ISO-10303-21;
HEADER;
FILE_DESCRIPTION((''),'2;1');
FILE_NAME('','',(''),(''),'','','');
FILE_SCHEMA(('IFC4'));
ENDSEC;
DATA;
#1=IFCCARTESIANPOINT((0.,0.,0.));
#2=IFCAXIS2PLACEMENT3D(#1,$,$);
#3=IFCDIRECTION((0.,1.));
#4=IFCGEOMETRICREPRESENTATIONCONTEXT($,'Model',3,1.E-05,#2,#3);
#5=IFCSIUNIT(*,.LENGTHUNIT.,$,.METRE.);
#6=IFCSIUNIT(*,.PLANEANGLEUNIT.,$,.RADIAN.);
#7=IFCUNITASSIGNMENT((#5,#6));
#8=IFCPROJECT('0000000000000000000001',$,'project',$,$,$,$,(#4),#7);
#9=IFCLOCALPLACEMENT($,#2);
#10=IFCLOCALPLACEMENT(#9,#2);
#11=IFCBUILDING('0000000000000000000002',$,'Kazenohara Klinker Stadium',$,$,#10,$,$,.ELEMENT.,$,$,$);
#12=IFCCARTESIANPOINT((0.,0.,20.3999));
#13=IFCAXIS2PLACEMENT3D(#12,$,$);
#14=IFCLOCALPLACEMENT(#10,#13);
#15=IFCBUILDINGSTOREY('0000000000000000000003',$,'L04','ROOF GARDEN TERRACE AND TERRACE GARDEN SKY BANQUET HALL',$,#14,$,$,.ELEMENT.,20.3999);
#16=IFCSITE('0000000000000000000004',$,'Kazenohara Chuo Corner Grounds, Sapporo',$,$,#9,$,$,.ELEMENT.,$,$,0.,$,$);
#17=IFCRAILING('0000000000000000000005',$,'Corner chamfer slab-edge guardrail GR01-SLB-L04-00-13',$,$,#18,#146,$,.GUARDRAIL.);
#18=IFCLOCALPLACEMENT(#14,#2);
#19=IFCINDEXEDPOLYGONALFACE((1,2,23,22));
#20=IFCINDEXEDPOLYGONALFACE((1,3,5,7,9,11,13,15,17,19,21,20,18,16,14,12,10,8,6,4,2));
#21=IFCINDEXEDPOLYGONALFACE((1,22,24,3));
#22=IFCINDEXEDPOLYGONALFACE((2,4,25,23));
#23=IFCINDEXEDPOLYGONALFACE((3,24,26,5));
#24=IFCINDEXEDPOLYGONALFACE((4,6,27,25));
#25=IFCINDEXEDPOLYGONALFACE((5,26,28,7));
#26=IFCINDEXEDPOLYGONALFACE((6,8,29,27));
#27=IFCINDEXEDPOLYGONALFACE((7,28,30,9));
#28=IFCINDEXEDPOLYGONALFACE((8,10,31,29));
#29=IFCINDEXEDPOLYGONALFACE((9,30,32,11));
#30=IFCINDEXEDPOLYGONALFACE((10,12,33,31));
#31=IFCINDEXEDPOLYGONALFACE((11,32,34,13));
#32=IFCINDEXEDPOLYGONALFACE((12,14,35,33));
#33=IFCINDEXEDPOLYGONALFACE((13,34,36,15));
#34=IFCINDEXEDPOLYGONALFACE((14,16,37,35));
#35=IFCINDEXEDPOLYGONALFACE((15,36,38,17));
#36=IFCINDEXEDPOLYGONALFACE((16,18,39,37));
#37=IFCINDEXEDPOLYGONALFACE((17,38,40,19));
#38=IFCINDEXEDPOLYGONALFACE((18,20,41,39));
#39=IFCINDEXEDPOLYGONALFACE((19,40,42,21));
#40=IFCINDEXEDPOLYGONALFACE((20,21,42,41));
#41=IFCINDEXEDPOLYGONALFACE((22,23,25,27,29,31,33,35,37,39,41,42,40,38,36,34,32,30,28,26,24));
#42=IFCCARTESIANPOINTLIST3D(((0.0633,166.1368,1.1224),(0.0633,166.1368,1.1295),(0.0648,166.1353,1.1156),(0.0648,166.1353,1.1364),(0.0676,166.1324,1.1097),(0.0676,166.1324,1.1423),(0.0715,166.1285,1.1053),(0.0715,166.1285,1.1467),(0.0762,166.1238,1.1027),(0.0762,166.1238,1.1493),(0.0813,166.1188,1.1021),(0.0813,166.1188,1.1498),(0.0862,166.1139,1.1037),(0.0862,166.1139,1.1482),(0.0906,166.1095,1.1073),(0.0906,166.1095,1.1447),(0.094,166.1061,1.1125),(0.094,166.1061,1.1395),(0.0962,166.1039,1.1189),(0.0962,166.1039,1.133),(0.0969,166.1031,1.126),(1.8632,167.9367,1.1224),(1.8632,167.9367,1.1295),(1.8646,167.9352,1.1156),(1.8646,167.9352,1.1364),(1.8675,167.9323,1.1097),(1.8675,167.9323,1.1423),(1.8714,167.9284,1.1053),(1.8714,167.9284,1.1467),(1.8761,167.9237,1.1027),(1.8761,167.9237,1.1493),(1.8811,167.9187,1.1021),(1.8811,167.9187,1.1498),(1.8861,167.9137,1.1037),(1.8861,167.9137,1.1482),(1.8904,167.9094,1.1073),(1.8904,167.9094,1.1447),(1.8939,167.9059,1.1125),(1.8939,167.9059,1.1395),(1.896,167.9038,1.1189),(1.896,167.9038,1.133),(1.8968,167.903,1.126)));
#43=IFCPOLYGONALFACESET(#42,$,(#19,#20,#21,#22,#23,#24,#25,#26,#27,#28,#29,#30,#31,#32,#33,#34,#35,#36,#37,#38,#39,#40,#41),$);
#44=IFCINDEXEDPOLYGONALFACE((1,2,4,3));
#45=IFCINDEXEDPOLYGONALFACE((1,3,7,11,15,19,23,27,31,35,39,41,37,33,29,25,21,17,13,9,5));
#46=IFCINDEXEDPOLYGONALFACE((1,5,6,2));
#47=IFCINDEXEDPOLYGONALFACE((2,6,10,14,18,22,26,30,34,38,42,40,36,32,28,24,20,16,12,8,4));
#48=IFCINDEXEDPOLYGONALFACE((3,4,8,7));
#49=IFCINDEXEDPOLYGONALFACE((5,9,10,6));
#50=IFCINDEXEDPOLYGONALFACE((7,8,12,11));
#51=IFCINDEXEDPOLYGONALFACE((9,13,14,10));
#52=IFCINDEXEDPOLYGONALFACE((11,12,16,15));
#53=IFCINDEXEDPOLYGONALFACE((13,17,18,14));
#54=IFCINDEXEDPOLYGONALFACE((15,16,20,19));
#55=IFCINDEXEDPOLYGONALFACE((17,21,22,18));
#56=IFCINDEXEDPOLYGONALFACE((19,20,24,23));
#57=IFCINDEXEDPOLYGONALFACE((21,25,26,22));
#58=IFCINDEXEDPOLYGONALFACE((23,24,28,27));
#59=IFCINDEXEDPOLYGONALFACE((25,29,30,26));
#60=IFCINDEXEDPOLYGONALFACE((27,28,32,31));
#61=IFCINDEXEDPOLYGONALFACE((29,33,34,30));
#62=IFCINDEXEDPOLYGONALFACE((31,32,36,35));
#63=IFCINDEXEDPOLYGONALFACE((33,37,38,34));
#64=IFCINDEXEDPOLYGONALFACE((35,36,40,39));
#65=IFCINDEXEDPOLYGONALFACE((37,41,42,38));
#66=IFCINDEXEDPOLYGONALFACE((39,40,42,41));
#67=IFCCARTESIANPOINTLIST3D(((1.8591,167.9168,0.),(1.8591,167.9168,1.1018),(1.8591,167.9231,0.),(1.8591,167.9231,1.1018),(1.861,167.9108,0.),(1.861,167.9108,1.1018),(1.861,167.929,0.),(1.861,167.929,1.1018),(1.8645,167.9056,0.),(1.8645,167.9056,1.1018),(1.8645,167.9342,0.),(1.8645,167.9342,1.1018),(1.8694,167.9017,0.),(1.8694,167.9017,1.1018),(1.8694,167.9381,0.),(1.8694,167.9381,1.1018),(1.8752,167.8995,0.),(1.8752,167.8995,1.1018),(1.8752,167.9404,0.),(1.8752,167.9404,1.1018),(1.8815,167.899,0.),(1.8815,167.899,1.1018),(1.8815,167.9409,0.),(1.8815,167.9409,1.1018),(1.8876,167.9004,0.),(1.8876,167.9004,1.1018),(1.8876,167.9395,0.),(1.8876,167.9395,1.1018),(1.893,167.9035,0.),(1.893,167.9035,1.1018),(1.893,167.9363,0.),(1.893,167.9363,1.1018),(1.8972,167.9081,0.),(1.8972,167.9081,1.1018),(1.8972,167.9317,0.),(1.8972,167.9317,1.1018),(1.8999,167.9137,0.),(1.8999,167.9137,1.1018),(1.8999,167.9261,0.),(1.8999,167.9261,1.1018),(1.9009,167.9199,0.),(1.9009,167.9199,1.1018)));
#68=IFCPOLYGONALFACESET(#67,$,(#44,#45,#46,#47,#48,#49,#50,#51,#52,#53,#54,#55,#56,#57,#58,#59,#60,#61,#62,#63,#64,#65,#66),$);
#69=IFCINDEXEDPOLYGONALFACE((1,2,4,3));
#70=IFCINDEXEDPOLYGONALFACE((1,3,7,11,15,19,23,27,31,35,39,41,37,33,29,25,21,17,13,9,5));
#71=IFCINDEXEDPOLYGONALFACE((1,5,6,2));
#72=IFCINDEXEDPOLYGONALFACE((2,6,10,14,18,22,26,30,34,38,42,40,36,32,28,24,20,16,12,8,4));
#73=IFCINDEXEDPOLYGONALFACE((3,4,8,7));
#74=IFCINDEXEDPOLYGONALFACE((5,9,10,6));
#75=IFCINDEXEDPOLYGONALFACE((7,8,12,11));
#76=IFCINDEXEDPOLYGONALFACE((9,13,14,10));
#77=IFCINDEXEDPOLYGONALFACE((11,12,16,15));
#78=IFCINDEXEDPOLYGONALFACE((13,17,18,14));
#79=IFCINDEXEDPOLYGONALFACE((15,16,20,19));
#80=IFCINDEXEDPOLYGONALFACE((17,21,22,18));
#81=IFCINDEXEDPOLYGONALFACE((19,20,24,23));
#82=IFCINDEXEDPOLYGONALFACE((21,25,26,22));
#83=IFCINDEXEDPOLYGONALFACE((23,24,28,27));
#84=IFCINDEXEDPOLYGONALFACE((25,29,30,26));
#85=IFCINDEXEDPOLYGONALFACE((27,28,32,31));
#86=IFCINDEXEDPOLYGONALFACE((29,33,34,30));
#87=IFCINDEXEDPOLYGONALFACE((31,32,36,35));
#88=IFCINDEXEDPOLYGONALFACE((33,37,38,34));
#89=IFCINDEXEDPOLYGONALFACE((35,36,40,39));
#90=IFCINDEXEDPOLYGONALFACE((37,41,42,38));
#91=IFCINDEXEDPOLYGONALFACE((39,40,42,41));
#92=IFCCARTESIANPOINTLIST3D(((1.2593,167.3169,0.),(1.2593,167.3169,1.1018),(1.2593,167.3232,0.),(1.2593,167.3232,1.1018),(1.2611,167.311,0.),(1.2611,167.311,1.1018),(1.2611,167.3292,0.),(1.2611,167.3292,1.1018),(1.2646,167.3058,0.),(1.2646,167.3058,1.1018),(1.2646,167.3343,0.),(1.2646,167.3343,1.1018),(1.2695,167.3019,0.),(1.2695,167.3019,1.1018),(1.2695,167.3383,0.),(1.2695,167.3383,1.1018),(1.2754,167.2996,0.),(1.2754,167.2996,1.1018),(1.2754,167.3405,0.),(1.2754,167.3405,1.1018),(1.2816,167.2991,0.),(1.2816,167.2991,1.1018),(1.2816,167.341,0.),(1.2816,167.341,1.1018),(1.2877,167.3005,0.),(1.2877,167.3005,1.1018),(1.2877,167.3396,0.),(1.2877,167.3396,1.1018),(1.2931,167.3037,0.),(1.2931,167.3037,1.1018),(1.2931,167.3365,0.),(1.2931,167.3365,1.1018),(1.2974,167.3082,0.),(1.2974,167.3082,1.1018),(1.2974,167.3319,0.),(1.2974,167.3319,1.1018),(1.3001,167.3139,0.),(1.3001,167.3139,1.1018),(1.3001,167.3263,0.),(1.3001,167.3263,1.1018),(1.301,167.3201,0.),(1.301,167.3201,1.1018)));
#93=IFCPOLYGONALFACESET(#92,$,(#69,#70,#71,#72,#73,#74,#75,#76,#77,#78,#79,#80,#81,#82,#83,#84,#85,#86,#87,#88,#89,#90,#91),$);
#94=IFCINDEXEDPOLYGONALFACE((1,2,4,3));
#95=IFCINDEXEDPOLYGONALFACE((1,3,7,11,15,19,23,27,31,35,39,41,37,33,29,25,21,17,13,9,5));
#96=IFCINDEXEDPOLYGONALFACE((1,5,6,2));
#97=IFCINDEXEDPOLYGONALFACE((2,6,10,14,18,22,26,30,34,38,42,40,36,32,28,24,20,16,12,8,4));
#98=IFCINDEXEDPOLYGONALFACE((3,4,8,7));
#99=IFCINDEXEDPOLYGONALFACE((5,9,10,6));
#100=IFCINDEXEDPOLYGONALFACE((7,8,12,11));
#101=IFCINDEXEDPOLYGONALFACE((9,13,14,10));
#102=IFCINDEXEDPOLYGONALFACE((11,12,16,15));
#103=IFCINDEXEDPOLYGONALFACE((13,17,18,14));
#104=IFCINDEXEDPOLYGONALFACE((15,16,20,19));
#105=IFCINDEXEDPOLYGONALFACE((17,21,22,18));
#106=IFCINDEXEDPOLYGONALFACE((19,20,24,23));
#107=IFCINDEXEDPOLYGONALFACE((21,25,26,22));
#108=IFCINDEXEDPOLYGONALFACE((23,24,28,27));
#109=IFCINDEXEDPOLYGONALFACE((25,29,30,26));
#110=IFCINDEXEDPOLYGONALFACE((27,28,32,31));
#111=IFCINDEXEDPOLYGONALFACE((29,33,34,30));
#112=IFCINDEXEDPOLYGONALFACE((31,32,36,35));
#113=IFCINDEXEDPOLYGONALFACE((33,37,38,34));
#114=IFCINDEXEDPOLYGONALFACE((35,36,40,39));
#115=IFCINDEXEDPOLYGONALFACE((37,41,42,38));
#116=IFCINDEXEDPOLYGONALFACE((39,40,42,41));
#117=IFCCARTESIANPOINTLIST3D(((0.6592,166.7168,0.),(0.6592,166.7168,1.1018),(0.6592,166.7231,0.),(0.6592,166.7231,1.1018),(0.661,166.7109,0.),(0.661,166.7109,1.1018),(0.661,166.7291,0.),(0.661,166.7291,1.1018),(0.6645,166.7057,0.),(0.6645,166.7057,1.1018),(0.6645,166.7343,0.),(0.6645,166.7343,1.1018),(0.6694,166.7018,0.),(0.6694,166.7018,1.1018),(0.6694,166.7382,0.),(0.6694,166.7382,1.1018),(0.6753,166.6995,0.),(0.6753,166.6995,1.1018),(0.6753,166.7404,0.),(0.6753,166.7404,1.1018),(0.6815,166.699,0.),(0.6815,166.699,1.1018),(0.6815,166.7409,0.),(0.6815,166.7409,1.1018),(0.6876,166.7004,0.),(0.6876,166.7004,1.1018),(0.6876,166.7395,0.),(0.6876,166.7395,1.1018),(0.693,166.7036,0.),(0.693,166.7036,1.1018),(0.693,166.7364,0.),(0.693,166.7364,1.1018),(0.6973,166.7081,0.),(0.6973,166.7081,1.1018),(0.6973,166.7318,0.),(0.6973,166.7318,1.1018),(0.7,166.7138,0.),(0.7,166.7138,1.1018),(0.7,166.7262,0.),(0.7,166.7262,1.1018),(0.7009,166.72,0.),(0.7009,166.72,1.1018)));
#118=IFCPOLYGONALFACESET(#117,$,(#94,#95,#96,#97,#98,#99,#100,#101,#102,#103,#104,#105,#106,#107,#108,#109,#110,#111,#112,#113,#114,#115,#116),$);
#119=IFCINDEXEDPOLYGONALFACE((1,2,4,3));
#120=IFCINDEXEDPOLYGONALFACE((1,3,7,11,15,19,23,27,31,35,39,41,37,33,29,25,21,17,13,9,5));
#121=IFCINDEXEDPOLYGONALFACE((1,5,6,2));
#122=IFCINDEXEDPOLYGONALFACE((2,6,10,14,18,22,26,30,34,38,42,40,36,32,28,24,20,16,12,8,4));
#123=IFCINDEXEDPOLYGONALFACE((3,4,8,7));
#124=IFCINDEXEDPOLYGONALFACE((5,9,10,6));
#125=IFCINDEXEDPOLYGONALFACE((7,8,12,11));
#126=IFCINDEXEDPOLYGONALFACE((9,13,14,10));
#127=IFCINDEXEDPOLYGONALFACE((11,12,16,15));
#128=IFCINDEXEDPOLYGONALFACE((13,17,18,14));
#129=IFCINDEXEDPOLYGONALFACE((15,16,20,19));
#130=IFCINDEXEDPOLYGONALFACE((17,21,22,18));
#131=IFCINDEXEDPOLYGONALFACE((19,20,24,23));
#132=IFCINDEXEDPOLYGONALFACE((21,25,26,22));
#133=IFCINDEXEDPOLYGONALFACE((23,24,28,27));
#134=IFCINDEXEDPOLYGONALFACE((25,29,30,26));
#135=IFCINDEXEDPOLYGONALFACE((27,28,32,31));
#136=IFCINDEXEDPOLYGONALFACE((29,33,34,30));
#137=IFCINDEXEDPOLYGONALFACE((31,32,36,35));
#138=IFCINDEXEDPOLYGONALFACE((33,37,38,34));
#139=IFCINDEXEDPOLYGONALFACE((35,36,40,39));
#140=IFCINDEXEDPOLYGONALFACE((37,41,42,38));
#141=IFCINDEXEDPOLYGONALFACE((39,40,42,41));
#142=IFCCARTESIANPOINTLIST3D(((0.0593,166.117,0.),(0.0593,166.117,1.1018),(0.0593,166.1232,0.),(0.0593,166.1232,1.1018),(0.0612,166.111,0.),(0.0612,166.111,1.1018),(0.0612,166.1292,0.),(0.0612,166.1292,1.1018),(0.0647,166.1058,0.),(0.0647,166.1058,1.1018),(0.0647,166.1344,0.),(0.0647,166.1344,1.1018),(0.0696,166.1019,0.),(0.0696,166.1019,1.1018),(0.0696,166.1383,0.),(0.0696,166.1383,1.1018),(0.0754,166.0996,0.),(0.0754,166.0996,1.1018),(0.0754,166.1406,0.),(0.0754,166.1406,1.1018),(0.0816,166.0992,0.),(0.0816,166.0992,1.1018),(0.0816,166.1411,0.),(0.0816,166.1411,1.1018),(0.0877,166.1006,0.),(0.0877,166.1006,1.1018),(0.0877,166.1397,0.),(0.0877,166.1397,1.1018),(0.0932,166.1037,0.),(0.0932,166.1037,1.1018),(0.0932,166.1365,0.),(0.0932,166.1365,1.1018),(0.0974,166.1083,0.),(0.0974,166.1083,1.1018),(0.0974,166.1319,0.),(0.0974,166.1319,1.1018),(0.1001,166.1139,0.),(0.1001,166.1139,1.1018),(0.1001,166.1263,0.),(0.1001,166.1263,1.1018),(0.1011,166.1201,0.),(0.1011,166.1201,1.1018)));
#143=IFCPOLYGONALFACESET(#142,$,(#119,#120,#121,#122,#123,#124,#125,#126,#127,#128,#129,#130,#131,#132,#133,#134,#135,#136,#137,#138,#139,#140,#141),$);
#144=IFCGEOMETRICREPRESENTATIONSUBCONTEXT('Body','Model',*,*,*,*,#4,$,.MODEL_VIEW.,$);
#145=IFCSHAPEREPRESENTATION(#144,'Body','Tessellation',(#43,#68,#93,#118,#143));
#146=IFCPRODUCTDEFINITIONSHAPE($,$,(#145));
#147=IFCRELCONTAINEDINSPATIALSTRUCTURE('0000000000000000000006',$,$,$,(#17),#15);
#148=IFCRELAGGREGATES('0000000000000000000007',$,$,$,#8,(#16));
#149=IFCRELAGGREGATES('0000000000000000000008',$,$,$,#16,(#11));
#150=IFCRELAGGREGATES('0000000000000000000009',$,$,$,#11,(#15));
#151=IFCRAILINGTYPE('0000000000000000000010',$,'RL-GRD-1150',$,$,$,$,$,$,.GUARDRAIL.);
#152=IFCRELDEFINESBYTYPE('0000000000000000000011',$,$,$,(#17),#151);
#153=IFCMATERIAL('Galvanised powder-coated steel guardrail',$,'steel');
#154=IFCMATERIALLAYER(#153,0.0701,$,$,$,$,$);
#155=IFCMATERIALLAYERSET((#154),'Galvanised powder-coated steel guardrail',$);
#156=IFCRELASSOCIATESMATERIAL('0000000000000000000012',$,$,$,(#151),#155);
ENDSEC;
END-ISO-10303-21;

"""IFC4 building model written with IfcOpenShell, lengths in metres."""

from ifc_helpers import new_model, si_unit, direction, frame, origin, origin_2d, place, context, subcontext, project, spatial, circle, extrude, material, layer, layer_set, type_object, element, save


model = new_model("IFC4")

# Units and contexts
model_context = context("Model", 3, precision=1e-05, world=origin(), true_north=direction((0.0, 1.0)))
body_context = subcontext(model_context, "Body", "Model", "MODEL_VIEW")
ifc_project = project(units=[si_unit("LENGTHUNIT", "METRE"), si_unit("PLANEANGLEUNIT", "RADIAN")], contexts=[model_context])

# Site, building, storey
site_placement = place(None, origin())
site = spatial("IfcSite", under=ifc_project, at=site_placement, Name="Kazenohara Chuo Corner Grounds, Sapporo", CompositionType="ELEMENT", RefElevation=0.0)
building_placement = place(site_placement, origin())
building = spatial("IfcBuilding", under=site, at=building_placement, Name="Kazenohara Klinker Stadium", CompositionType="ELEMENT")
storey_placement = place(building_placement, frame((0.0, 0.0, 20.3999)))
storey = spatial("IfcBuildingStorey", under=building, at=storey_placement, Name="L04", Description="ROOF GARDEN TERRACE AND TERRACE GARDEN SKY BANQUET HALL", CompositionType="ELEMENT", Elevation=20.3999)

# Railing
ifc_material_1 = material(Name="Galvanised powder-coated steel guardrail", Category="steel")
ifc_layer_1 = layer(ifc_material_1, 0.0701)
ifc_layer_set_1 = layer_set([ifc_layer_1], Name="Galvanised powder-coated steel guardrail")
railing_type = type_object("IfcRailingType", Name="RL-GRD-1150", PredefinedType="GUARDRAIL", material=ifc_layer_set_1)
railing_placement = place(storey_placement, frame((1.8799, 167.9199, 0.0)))
element("IfcRailing", 1, at=railing_placement, inside=storey, type_object=railing_type, Name="Corner chamfer slab-edge guardrail GR01-SLB-L04-00-13", PredefinedType="GUARDRAIL", context=body_context, shape_type="SweptSolid", body=[
    extrude(circle(Radius=0.0239, at=origin_2d()), frame((0.0, 0.0, 1.126), z_axis=(-0.707107, -0.707107, 0.0), x_axis=(0.707107, -0.707107, 0.0)), (0.0, 0.0, 1.0), 2.5454),
    extrude(circle(Radius=0.021, at=origin_2d()), origin(), (0.0, 0.0, 1.0), 1.1018),
    extrude(circle(Radius=0.021, at=origin_2d()), frame((-0.5999, -0.5999, 0.0)), (0.0, 0.0, 1.0), 1.1018),
    extrude(circle(Radius=0.021, at=origin_2d()), frame((-1.2, -1.2, 0.0)), (0.0, 0.0, 1.0), 1.1018),
    extrude(circle(Radius=0.021, at=origin_2d()), frame((-1.7998, -1.7998, 0.0)), (0.0, 0.0, 1.0), 1.1018),
])

save(model, "model.ifc")
